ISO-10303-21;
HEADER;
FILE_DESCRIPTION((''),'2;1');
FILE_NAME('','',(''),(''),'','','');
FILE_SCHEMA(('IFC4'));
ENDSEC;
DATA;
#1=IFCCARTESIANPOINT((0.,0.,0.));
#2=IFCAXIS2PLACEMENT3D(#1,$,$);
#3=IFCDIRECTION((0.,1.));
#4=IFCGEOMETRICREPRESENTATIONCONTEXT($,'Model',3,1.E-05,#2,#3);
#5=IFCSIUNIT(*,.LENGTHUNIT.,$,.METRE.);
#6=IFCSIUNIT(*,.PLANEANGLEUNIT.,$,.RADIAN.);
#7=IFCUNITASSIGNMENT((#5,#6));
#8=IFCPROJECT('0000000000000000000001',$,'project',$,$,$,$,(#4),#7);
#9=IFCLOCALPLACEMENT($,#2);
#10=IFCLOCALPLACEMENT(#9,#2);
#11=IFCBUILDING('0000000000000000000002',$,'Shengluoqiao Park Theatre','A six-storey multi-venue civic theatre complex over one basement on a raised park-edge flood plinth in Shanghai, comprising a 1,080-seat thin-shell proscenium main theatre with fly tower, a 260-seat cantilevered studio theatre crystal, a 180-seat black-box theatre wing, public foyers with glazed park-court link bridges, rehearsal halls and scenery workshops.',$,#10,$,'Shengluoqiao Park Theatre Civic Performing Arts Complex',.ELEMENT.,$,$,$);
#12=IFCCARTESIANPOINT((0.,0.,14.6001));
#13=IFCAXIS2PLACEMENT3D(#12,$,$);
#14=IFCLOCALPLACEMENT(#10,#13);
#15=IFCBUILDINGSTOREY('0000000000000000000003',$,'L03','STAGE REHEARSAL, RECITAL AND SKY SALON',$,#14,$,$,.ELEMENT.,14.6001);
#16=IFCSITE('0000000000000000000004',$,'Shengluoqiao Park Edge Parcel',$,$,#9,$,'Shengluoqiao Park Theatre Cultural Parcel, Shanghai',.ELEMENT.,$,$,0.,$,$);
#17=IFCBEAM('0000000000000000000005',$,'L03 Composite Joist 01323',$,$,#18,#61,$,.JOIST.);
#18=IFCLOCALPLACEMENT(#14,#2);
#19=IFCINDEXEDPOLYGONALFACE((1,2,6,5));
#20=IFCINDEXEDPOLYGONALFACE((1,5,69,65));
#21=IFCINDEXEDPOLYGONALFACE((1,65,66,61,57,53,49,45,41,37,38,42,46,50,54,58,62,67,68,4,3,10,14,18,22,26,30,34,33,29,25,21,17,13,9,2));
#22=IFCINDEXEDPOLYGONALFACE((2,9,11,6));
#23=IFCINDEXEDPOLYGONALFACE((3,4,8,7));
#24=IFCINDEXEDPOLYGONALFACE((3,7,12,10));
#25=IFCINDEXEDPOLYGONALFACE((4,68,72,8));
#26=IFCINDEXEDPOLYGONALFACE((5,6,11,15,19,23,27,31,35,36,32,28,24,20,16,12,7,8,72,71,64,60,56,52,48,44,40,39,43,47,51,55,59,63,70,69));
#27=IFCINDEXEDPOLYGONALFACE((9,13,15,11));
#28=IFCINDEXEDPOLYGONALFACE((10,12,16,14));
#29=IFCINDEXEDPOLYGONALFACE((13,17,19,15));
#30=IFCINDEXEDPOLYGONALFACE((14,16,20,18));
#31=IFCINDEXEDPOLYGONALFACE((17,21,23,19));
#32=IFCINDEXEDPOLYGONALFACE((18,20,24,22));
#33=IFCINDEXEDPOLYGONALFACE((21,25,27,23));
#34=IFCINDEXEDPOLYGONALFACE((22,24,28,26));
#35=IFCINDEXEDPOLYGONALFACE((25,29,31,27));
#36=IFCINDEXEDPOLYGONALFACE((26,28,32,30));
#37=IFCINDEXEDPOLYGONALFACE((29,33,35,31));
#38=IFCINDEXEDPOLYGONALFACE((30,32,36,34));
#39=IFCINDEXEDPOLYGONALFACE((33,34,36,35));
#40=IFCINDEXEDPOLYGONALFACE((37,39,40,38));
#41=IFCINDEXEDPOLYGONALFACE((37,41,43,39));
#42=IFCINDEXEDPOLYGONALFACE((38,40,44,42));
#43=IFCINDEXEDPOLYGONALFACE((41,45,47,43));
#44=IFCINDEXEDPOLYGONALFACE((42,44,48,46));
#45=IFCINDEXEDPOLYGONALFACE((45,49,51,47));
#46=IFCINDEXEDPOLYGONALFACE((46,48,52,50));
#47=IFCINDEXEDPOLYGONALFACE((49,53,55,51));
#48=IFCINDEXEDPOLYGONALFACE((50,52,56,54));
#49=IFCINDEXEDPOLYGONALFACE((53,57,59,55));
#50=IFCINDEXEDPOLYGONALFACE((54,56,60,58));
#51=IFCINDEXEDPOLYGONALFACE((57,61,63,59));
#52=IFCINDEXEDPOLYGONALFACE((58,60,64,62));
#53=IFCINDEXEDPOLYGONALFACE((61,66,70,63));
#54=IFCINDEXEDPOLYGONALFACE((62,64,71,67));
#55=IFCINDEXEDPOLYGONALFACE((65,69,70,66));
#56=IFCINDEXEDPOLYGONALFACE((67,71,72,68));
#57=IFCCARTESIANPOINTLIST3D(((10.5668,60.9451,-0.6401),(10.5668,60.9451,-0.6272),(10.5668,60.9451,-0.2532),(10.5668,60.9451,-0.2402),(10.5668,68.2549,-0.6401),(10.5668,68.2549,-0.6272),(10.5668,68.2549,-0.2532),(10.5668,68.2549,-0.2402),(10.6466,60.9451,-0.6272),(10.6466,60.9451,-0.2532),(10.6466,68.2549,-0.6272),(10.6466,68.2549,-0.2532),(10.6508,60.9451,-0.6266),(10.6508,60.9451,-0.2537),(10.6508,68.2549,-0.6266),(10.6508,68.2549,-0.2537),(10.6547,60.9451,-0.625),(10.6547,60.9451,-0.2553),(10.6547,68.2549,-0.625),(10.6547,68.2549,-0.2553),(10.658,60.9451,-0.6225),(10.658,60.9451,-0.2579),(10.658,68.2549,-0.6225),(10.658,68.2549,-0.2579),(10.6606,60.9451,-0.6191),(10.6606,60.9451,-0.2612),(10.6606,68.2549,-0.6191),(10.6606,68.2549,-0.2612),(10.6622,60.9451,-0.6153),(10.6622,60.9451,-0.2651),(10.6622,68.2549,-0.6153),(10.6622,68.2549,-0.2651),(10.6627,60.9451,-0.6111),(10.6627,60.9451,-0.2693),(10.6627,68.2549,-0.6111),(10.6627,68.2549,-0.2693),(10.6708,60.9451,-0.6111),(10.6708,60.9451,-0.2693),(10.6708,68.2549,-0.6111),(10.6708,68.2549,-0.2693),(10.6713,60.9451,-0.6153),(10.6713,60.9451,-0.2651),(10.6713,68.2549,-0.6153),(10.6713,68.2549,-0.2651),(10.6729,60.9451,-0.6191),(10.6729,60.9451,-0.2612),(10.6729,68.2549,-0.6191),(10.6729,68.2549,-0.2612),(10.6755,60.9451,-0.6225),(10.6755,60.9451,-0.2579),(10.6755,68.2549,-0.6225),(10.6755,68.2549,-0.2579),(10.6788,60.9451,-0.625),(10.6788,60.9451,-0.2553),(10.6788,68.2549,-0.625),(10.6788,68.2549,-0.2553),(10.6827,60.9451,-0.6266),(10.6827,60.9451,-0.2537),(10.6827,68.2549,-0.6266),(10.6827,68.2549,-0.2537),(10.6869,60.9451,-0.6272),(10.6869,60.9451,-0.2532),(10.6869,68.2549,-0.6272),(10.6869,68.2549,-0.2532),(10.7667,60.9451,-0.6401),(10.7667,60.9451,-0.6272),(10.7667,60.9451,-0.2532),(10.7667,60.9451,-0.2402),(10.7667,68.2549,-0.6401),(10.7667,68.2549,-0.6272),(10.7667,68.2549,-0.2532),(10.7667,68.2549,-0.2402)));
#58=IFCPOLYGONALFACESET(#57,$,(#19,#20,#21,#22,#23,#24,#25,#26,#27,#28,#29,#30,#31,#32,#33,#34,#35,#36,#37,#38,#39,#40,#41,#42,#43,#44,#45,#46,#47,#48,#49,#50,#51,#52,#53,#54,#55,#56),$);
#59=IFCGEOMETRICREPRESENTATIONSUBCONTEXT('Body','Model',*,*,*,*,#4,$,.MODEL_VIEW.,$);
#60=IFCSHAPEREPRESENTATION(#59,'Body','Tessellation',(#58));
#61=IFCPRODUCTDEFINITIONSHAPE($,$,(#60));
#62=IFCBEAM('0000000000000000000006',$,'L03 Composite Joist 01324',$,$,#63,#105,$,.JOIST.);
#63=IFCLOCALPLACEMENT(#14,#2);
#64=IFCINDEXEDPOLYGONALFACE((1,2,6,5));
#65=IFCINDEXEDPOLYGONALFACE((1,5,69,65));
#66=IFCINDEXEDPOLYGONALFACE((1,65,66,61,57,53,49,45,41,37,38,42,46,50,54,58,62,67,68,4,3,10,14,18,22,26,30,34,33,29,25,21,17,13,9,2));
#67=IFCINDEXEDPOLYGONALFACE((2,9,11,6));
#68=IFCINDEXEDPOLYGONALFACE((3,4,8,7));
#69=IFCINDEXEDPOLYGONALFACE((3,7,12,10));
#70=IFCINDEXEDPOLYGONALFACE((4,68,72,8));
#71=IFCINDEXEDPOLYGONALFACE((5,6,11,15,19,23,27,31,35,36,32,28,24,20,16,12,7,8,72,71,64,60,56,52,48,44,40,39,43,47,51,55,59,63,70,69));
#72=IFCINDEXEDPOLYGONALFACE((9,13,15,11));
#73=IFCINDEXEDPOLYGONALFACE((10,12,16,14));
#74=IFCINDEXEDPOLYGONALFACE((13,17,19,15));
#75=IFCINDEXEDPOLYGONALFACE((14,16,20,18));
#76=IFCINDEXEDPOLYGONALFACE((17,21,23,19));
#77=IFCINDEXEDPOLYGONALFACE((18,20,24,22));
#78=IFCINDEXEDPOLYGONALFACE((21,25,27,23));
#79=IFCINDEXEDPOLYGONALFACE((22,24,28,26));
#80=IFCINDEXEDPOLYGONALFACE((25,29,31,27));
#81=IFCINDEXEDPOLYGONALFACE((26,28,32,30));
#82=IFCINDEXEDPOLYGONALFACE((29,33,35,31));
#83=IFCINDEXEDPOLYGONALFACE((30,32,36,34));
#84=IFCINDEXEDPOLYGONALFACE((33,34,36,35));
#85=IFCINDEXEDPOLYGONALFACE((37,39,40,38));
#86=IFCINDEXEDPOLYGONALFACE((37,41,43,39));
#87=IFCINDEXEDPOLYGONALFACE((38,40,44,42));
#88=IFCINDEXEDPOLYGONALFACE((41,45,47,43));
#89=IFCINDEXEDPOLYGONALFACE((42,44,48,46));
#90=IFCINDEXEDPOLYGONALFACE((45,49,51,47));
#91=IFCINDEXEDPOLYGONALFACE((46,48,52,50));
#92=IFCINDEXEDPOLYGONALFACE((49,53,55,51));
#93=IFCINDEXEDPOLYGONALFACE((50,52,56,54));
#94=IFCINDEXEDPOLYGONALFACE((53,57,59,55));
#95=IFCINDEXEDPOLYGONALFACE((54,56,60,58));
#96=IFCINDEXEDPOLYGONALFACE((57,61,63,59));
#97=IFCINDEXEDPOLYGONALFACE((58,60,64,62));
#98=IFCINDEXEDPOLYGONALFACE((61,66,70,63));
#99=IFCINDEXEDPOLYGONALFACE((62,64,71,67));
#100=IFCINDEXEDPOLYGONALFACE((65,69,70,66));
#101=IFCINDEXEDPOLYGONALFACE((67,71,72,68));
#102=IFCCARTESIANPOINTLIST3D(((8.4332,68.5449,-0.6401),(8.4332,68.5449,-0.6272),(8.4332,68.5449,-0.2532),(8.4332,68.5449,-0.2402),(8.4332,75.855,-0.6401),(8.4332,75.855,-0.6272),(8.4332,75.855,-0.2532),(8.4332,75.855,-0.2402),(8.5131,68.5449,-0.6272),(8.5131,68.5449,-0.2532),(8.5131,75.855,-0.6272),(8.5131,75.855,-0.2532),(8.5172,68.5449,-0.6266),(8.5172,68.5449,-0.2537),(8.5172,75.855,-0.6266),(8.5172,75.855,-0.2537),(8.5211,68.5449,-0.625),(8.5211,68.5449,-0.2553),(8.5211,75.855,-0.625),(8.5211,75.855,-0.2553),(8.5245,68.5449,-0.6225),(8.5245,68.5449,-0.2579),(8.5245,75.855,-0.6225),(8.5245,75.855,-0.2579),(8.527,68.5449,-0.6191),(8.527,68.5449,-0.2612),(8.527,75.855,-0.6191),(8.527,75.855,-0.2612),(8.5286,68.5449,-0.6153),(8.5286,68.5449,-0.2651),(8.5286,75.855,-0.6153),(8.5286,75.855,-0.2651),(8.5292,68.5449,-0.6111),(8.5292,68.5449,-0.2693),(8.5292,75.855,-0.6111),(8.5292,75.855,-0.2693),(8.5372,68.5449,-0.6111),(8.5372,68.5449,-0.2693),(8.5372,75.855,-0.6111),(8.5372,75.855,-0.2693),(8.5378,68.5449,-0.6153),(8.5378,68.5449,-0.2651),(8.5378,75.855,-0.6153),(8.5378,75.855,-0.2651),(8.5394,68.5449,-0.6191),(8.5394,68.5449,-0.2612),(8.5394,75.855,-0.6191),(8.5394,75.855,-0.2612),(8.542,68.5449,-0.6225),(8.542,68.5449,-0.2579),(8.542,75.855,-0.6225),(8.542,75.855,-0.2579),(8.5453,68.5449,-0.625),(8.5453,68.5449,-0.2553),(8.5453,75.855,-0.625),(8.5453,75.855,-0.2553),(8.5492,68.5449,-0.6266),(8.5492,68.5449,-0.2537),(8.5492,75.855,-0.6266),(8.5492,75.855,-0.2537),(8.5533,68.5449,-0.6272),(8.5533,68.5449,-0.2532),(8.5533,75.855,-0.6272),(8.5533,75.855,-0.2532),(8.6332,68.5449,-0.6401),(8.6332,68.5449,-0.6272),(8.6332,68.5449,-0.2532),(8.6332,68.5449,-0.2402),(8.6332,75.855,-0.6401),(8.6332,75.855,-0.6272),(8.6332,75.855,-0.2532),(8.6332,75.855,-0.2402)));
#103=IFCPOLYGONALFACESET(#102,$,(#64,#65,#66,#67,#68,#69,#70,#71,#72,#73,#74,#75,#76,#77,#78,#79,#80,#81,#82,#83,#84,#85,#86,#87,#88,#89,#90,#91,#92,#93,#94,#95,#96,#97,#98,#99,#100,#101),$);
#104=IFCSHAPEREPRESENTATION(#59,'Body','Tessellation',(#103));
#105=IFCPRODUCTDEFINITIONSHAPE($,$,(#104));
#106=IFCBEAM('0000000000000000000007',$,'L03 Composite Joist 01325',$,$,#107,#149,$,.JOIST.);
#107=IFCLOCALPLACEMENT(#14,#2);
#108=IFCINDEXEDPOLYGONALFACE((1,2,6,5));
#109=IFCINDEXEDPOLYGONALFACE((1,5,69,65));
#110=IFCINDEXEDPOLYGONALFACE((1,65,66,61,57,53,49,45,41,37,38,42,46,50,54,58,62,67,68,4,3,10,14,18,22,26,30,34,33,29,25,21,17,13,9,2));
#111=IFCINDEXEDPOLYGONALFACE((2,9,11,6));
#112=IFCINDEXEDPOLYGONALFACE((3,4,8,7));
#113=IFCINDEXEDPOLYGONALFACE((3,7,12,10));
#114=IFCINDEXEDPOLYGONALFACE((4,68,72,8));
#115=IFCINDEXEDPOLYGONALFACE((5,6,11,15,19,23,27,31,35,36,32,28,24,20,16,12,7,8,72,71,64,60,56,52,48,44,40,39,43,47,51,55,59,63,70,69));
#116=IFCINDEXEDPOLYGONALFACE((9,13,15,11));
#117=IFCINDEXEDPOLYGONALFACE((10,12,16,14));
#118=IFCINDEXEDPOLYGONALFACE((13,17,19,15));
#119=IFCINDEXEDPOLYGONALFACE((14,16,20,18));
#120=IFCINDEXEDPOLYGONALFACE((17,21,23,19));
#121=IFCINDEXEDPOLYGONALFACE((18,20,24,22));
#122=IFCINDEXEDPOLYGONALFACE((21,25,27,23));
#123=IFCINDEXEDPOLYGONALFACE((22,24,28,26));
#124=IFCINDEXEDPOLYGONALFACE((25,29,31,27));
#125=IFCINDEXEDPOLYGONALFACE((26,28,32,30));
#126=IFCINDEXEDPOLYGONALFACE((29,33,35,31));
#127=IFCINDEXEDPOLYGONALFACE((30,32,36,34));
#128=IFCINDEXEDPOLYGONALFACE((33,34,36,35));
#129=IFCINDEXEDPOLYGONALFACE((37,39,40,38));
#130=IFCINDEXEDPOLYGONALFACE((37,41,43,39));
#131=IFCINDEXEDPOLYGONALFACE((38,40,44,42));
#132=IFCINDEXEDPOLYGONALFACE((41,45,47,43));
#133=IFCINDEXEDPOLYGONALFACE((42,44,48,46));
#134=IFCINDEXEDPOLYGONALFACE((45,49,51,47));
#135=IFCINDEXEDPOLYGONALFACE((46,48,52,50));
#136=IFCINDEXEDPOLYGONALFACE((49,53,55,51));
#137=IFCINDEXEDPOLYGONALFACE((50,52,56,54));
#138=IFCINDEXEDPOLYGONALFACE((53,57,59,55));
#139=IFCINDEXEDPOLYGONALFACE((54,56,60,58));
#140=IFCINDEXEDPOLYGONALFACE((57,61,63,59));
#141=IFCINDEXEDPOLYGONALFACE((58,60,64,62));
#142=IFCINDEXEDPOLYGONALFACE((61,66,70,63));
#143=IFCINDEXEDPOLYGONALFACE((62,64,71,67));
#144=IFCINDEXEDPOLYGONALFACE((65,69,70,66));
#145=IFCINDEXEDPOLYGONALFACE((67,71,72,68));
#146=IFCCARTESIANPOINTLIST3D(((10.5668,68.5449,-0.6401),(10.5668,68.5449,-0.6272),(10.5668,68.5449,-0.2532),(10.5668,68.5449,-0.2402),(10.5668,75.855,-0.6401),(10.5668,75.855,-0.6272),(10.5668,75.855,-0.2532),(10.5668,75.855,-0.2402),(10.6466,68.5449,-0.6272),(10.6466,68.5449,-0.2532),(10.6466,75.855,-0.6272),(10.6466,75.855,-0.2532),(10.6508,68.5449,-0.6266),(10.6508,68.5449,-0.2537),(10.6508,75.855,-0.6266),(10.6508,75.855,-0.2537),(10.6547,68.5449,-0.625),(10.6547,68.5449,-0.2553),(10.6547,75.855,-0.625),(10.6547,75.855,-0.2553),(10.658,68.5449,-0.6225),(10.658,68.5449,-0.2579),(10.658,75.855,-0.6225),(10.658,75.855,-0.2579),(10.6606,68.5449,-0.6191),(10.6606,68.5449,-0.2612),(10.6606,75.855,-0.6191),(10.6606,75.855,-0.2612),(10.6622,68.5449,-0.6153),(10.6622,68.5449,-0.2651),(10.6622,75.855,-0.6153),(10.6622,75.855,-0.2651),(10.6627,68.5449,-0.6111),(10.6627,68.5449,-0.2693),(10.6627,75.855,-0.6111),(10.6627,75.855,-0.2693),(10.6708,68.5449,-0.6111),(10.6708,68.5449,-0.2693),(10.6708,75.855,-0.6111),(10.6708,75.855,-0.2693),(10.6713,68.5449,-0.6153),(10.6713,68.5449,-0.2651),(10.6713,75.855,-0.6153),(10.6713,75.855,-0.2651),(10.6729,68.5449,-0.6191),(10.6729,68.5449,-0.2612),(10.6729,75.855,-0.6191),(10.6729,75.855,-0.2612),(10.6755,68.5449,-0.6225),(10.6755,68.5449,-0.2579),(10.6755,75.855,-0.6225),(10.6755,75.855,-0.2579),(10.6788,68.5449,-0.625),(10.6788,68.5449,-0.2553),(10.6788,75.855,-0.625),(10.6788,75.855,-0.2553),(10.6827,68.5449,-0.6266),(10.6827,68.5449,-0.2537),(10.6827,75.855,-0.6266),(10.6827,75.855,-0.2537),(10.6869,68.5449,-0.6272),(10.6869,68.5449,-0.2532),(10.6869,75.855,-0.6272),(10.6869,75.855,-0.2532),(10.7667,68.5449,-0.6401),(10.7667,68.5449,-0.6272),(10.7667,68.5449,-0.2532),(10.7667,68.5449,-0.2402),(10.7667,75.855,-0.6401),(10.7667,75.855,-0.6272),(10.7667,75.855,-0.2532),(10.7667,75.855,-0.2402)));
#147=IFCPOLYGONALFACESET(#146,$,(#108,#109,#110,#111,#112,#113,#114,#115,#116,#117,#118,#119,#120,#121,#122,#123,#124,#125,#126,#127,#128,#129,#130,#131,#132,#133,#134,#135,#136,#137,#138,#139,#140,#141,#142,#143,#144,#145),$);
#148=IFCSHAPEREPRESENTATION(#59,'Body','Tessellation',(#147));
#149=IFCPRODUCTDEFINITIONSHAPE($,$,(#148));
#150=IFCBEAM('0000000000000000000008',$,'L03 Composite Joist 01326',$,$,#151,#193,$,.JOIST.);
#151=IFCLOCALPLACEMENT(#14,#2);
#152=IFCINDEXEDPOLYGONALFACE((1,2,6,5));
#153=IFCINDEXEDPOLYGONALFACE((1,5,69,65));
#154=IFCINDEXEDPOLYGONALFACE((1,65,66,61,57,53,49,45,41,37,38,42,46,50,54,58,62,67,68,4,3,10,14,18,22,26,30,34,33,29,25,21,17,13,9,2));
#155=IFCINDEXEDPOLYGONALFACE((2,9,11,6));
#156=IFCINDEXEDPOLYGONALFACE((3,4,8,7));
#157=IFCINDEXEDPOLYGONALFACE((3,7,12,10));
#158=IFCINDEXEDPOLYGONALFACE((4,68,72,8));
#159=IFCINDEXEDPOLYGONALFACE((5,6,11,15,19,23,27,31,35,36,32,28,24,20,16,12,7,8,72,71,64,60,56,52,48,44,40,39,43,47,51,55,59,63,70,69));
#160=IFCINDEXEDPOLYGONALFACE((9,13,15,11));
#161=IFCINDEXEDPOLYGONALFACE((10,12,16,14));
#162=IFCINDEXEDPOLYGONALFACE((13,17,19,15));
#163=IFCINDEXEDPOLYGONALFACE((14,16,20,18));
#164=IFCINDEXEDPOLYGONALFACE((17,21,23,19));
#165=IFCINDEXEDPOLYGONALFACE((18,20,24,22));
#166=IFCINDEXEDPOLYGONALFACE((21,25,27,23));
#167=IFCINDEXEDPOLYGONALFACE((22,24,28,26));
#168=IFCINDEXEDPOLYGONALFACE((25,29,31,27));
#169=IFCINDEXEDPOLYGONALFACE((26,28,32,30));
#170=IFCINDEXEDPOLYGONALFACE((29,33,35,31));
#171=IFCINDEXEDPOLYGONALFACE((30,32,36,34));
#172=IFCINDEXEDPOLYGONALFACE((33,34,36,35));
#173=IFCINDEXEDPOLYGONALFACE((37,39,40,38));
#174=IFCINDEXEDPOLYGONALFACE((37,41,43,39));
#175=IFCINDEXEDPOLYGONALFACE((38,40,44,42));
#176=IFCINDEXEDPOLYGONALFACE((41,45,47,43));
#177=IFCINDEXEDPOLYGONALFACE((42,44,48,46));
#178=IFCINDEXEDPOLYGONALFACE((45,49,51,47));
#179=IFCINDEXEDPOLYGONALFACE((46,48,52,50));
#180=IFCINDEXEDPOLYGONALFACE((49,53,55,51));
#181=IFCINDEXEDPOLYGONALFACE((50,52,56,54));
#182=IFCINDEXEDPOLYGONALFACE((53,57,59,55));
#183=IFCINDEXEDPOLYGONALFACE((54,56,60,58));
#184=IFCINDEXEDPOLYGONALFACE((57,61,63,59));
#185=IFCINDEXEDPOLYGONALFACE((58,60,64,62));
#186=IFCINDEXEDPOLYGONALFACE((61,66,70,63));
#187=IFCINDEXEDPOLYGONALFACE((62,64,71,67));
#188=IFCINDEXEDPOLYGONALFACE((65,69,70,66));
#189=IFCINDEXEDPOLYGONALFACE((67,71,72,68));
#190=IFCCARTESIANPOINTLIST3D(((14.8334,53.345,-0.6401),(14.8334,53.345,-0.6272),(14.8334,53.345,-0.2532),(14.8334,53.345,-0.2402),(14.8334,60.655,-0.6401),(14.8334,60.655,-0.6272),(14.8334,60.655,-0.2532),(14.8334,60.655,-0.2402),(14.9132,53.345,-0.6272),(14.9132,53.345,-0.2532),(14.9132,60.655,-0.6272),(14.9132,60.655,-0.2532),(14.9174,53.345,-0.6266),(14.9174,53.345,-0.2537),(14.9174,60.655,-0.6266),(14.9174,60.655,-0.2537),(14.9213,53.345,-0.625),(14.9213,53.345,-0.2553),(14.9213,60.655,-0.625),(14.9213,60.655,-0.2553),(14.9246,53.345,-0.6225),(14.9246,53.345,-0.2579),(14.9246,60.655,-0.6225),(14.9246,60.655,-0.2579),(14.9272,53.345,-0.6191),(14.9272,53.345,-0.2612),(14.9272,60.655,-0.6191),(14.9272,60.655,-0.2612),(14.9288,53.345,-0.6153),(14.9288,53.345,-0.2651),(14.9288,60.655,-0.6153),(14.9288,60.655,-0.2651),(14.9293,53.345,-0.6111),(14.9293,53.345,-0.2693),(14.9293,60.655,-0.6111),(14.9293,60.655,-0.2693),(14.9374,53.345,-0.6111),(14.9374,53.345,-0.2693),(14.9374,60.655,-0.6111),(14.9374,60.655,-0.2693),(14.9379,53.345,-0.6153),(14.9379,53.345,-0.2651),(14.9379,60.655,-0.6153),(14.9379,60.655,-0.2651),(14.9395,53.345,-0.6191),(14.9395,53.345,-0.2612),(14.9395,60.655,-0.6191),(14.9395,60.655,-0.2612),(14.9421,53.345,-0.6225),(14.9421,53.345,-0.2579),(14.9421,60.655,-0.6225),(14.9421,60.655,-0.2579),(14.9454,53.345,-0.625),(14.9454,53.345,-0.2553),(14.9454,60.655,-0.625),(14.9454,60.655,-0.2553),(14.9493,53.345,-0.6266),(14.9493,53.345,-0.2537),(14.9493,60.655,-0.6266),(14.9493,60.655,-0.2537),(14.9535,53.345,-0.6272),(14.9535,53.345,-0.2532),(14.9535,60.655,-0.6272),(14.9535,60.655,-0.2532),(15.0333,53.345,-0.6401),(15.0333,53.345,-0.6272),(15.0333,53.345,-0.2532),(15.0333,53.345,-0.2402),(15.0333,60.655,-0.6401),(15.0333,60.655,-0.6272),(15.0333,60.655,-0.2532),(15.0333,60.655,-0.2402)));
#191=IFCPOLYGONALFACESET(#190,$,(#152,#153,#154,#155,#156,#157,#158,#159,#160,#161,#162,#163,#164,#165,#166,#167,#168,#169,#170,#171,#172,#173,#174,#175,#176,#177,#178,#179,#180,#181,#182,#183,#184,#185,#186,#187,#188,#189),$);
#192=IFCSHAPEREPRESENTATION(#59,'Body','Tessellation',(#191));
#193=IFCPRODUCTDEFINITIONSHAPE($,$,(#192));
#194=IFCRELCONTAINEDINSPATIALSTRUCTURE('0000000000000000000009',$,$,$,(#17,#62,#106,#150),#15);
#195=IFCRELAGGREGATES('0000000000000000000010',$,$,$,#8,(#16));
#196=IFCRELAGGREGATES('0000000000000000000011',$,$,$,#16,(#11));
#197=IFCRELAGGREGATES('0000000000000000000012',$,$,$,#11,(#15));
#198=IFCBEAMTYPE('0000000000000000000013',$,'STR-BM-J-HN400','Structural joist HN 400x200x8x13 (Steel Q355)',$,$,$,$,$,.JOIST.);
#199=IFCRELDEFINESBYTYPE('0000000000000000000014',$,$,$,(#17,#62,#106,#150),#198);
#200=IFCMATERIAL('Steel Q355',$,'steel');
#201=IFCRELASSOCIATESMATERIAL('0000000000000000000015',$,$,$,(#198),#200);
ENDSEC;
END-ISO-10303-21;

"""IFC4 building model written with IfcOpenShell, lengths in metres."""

from ifc_helpers import new_model, si_unit, direction, frame, origin, origin_2d, place, context, subcontext, project, spatial, i_section, extrude, material, material_profile, profile_set, type_object, element, save


model = new_model("IFC4")

# Units and contexts
model_context = context("Model", 3, precision=1e-05, world=origin(), true_north=direction((0.0, 1.0)))
body_context = subcontext(model_context, "Body", "Model", "MODEL_VIEW")
ifc_project = project(units=[si_unit("LENGTHUNIT", "METRE"), si_unit("PLANEANGLEUNIT", "RADIAN")], contexts=[model_context])

# Site, building, storey
site_placement = place(None, origin())
site = spatial("IfcSite", under=ifc_project, at=site_placement, Name="Shengluoqiao Park Edge Parcel", LongName="Shengluoqiao Park Theatre Cultural Parcel, Shanghai", CompositionType="ELEMENT", RefElevation=0.0)
building_placement = place(site_placement, origin())
building = spatial("IfcBuilding", under=site, at=building_placement, Name="Shengluoqiao Park Theatre", Description="A six-storey multi-venue civic theatre complex over one basement on a raised park-edge flood plinth in Shanghai, comprising a 1,080-seat thin-shell proscenium main theatre with fly tower, a 260-seat cantilevered studio theatre crystal, a 180-seat black-box theatre wing, public foyers with glazed park-court link bridges, rehearsal halls and scenery workshops.", LongName="Shengluoqiao Park Theatre Civic Performing Arts Complex", CompositionType="ELEMENT")
storey_placement = place(building_placement, frame((0.0, 0.0, 14.6001)))
storey = spatial("IfcBuildingStorey", under=building, at=storey_placement, Name="L03", Description="STAGE REHEARSAL, RECITAL AND SKY SALON", CompositionType="ELEMENT", Elevation=14.6001)

# Beams
ifc_material_1 = material(Name="Steel Q355", Category="steel")
ifc_material_profile_1 = material_profile(ifc_material_1, i_section(OverallWidth=0.2, OverallDepth=0.3999, WebThickness=0.0081, FlangeThickness=0.0129, FilletRadius=0.0161, at=origin_2d()), Name="HN 400x200x8x13")
ifc_profile_set_1 = profile_set([ifc_material_profile_1], Name="Steel Q355")
beam_type_1 = type_object("IfcBeamType", Name="STR-BM-J-HN400", Description="Structural joist HN 400x200x8x13 (Steel Q355)", PredefinedType="JOIST", material=ifc_profile_set_1)
for number, where, z_axis, x_axis, name in (
    (1, (10.6667, 60.9451, -0.4402), (0.0, 1.0, 0.0), (-1.0, 0.0, 0.0), "L03 Composite Joist 01323"),
):
    element("IfcBeam", number, at=place(storey_placement, frame(where, z_axis=z_axis, x_axis=x_axis)), inside=storey, type_object=beam_type_1, Name=name, PredefinedType="JOIST", context=body_context, shape_type="SweptSolid", body=[
        extrude(i_section(OverallWidth=0.2, OverallDepth=0.3999, WebThickness=0.0081, FlangeThickness=0.0129, FilletRadius=0.0161, at=origin_2d()), origin(), (0.0, 0.0, 1.0), 7.3098),
    ])
for number, where, z_axis, x_axis, name in (
    (2, (8.5332, 68.5449, -0.4402), (0.0, 1.0, 0.0), (-1.0, 0.0, 0.0), "L03 Composite Joist 01324"),
    (3, (10.6667, 68.5449, -0.4402), (0.0, 1.0, 0.0), (-1.0, 0.0, 0.0), "L03 Composite Joist 01325"),
    (4, (14.9333, 53.345, -0.4402), (0.0, 1.0, 0.0), (-1.0, 0.0, 0.0), "L03 Composite Joist 01326"),
):
    element("IfcBeam", number, at=place(storey_placement, frame(where, z_axis=z_axis, x_axis=x_axis)), inside=storey, type_object=beam_type_1, Name=name, PredefinedType="JOIST", context=body_context, shape_type="SweptSolid", body=[
        extrude(i_section(OverallWidth=0.2, OverallDepth=0.3999, WebThickness=0.0081, FlangeThickness=0.0129, FilletRadius=0.0161, at=origin_2d()), origin(), (0.0, 0.0, 1.0), 7.3101),
    ])

save(model, "model.ifc")
